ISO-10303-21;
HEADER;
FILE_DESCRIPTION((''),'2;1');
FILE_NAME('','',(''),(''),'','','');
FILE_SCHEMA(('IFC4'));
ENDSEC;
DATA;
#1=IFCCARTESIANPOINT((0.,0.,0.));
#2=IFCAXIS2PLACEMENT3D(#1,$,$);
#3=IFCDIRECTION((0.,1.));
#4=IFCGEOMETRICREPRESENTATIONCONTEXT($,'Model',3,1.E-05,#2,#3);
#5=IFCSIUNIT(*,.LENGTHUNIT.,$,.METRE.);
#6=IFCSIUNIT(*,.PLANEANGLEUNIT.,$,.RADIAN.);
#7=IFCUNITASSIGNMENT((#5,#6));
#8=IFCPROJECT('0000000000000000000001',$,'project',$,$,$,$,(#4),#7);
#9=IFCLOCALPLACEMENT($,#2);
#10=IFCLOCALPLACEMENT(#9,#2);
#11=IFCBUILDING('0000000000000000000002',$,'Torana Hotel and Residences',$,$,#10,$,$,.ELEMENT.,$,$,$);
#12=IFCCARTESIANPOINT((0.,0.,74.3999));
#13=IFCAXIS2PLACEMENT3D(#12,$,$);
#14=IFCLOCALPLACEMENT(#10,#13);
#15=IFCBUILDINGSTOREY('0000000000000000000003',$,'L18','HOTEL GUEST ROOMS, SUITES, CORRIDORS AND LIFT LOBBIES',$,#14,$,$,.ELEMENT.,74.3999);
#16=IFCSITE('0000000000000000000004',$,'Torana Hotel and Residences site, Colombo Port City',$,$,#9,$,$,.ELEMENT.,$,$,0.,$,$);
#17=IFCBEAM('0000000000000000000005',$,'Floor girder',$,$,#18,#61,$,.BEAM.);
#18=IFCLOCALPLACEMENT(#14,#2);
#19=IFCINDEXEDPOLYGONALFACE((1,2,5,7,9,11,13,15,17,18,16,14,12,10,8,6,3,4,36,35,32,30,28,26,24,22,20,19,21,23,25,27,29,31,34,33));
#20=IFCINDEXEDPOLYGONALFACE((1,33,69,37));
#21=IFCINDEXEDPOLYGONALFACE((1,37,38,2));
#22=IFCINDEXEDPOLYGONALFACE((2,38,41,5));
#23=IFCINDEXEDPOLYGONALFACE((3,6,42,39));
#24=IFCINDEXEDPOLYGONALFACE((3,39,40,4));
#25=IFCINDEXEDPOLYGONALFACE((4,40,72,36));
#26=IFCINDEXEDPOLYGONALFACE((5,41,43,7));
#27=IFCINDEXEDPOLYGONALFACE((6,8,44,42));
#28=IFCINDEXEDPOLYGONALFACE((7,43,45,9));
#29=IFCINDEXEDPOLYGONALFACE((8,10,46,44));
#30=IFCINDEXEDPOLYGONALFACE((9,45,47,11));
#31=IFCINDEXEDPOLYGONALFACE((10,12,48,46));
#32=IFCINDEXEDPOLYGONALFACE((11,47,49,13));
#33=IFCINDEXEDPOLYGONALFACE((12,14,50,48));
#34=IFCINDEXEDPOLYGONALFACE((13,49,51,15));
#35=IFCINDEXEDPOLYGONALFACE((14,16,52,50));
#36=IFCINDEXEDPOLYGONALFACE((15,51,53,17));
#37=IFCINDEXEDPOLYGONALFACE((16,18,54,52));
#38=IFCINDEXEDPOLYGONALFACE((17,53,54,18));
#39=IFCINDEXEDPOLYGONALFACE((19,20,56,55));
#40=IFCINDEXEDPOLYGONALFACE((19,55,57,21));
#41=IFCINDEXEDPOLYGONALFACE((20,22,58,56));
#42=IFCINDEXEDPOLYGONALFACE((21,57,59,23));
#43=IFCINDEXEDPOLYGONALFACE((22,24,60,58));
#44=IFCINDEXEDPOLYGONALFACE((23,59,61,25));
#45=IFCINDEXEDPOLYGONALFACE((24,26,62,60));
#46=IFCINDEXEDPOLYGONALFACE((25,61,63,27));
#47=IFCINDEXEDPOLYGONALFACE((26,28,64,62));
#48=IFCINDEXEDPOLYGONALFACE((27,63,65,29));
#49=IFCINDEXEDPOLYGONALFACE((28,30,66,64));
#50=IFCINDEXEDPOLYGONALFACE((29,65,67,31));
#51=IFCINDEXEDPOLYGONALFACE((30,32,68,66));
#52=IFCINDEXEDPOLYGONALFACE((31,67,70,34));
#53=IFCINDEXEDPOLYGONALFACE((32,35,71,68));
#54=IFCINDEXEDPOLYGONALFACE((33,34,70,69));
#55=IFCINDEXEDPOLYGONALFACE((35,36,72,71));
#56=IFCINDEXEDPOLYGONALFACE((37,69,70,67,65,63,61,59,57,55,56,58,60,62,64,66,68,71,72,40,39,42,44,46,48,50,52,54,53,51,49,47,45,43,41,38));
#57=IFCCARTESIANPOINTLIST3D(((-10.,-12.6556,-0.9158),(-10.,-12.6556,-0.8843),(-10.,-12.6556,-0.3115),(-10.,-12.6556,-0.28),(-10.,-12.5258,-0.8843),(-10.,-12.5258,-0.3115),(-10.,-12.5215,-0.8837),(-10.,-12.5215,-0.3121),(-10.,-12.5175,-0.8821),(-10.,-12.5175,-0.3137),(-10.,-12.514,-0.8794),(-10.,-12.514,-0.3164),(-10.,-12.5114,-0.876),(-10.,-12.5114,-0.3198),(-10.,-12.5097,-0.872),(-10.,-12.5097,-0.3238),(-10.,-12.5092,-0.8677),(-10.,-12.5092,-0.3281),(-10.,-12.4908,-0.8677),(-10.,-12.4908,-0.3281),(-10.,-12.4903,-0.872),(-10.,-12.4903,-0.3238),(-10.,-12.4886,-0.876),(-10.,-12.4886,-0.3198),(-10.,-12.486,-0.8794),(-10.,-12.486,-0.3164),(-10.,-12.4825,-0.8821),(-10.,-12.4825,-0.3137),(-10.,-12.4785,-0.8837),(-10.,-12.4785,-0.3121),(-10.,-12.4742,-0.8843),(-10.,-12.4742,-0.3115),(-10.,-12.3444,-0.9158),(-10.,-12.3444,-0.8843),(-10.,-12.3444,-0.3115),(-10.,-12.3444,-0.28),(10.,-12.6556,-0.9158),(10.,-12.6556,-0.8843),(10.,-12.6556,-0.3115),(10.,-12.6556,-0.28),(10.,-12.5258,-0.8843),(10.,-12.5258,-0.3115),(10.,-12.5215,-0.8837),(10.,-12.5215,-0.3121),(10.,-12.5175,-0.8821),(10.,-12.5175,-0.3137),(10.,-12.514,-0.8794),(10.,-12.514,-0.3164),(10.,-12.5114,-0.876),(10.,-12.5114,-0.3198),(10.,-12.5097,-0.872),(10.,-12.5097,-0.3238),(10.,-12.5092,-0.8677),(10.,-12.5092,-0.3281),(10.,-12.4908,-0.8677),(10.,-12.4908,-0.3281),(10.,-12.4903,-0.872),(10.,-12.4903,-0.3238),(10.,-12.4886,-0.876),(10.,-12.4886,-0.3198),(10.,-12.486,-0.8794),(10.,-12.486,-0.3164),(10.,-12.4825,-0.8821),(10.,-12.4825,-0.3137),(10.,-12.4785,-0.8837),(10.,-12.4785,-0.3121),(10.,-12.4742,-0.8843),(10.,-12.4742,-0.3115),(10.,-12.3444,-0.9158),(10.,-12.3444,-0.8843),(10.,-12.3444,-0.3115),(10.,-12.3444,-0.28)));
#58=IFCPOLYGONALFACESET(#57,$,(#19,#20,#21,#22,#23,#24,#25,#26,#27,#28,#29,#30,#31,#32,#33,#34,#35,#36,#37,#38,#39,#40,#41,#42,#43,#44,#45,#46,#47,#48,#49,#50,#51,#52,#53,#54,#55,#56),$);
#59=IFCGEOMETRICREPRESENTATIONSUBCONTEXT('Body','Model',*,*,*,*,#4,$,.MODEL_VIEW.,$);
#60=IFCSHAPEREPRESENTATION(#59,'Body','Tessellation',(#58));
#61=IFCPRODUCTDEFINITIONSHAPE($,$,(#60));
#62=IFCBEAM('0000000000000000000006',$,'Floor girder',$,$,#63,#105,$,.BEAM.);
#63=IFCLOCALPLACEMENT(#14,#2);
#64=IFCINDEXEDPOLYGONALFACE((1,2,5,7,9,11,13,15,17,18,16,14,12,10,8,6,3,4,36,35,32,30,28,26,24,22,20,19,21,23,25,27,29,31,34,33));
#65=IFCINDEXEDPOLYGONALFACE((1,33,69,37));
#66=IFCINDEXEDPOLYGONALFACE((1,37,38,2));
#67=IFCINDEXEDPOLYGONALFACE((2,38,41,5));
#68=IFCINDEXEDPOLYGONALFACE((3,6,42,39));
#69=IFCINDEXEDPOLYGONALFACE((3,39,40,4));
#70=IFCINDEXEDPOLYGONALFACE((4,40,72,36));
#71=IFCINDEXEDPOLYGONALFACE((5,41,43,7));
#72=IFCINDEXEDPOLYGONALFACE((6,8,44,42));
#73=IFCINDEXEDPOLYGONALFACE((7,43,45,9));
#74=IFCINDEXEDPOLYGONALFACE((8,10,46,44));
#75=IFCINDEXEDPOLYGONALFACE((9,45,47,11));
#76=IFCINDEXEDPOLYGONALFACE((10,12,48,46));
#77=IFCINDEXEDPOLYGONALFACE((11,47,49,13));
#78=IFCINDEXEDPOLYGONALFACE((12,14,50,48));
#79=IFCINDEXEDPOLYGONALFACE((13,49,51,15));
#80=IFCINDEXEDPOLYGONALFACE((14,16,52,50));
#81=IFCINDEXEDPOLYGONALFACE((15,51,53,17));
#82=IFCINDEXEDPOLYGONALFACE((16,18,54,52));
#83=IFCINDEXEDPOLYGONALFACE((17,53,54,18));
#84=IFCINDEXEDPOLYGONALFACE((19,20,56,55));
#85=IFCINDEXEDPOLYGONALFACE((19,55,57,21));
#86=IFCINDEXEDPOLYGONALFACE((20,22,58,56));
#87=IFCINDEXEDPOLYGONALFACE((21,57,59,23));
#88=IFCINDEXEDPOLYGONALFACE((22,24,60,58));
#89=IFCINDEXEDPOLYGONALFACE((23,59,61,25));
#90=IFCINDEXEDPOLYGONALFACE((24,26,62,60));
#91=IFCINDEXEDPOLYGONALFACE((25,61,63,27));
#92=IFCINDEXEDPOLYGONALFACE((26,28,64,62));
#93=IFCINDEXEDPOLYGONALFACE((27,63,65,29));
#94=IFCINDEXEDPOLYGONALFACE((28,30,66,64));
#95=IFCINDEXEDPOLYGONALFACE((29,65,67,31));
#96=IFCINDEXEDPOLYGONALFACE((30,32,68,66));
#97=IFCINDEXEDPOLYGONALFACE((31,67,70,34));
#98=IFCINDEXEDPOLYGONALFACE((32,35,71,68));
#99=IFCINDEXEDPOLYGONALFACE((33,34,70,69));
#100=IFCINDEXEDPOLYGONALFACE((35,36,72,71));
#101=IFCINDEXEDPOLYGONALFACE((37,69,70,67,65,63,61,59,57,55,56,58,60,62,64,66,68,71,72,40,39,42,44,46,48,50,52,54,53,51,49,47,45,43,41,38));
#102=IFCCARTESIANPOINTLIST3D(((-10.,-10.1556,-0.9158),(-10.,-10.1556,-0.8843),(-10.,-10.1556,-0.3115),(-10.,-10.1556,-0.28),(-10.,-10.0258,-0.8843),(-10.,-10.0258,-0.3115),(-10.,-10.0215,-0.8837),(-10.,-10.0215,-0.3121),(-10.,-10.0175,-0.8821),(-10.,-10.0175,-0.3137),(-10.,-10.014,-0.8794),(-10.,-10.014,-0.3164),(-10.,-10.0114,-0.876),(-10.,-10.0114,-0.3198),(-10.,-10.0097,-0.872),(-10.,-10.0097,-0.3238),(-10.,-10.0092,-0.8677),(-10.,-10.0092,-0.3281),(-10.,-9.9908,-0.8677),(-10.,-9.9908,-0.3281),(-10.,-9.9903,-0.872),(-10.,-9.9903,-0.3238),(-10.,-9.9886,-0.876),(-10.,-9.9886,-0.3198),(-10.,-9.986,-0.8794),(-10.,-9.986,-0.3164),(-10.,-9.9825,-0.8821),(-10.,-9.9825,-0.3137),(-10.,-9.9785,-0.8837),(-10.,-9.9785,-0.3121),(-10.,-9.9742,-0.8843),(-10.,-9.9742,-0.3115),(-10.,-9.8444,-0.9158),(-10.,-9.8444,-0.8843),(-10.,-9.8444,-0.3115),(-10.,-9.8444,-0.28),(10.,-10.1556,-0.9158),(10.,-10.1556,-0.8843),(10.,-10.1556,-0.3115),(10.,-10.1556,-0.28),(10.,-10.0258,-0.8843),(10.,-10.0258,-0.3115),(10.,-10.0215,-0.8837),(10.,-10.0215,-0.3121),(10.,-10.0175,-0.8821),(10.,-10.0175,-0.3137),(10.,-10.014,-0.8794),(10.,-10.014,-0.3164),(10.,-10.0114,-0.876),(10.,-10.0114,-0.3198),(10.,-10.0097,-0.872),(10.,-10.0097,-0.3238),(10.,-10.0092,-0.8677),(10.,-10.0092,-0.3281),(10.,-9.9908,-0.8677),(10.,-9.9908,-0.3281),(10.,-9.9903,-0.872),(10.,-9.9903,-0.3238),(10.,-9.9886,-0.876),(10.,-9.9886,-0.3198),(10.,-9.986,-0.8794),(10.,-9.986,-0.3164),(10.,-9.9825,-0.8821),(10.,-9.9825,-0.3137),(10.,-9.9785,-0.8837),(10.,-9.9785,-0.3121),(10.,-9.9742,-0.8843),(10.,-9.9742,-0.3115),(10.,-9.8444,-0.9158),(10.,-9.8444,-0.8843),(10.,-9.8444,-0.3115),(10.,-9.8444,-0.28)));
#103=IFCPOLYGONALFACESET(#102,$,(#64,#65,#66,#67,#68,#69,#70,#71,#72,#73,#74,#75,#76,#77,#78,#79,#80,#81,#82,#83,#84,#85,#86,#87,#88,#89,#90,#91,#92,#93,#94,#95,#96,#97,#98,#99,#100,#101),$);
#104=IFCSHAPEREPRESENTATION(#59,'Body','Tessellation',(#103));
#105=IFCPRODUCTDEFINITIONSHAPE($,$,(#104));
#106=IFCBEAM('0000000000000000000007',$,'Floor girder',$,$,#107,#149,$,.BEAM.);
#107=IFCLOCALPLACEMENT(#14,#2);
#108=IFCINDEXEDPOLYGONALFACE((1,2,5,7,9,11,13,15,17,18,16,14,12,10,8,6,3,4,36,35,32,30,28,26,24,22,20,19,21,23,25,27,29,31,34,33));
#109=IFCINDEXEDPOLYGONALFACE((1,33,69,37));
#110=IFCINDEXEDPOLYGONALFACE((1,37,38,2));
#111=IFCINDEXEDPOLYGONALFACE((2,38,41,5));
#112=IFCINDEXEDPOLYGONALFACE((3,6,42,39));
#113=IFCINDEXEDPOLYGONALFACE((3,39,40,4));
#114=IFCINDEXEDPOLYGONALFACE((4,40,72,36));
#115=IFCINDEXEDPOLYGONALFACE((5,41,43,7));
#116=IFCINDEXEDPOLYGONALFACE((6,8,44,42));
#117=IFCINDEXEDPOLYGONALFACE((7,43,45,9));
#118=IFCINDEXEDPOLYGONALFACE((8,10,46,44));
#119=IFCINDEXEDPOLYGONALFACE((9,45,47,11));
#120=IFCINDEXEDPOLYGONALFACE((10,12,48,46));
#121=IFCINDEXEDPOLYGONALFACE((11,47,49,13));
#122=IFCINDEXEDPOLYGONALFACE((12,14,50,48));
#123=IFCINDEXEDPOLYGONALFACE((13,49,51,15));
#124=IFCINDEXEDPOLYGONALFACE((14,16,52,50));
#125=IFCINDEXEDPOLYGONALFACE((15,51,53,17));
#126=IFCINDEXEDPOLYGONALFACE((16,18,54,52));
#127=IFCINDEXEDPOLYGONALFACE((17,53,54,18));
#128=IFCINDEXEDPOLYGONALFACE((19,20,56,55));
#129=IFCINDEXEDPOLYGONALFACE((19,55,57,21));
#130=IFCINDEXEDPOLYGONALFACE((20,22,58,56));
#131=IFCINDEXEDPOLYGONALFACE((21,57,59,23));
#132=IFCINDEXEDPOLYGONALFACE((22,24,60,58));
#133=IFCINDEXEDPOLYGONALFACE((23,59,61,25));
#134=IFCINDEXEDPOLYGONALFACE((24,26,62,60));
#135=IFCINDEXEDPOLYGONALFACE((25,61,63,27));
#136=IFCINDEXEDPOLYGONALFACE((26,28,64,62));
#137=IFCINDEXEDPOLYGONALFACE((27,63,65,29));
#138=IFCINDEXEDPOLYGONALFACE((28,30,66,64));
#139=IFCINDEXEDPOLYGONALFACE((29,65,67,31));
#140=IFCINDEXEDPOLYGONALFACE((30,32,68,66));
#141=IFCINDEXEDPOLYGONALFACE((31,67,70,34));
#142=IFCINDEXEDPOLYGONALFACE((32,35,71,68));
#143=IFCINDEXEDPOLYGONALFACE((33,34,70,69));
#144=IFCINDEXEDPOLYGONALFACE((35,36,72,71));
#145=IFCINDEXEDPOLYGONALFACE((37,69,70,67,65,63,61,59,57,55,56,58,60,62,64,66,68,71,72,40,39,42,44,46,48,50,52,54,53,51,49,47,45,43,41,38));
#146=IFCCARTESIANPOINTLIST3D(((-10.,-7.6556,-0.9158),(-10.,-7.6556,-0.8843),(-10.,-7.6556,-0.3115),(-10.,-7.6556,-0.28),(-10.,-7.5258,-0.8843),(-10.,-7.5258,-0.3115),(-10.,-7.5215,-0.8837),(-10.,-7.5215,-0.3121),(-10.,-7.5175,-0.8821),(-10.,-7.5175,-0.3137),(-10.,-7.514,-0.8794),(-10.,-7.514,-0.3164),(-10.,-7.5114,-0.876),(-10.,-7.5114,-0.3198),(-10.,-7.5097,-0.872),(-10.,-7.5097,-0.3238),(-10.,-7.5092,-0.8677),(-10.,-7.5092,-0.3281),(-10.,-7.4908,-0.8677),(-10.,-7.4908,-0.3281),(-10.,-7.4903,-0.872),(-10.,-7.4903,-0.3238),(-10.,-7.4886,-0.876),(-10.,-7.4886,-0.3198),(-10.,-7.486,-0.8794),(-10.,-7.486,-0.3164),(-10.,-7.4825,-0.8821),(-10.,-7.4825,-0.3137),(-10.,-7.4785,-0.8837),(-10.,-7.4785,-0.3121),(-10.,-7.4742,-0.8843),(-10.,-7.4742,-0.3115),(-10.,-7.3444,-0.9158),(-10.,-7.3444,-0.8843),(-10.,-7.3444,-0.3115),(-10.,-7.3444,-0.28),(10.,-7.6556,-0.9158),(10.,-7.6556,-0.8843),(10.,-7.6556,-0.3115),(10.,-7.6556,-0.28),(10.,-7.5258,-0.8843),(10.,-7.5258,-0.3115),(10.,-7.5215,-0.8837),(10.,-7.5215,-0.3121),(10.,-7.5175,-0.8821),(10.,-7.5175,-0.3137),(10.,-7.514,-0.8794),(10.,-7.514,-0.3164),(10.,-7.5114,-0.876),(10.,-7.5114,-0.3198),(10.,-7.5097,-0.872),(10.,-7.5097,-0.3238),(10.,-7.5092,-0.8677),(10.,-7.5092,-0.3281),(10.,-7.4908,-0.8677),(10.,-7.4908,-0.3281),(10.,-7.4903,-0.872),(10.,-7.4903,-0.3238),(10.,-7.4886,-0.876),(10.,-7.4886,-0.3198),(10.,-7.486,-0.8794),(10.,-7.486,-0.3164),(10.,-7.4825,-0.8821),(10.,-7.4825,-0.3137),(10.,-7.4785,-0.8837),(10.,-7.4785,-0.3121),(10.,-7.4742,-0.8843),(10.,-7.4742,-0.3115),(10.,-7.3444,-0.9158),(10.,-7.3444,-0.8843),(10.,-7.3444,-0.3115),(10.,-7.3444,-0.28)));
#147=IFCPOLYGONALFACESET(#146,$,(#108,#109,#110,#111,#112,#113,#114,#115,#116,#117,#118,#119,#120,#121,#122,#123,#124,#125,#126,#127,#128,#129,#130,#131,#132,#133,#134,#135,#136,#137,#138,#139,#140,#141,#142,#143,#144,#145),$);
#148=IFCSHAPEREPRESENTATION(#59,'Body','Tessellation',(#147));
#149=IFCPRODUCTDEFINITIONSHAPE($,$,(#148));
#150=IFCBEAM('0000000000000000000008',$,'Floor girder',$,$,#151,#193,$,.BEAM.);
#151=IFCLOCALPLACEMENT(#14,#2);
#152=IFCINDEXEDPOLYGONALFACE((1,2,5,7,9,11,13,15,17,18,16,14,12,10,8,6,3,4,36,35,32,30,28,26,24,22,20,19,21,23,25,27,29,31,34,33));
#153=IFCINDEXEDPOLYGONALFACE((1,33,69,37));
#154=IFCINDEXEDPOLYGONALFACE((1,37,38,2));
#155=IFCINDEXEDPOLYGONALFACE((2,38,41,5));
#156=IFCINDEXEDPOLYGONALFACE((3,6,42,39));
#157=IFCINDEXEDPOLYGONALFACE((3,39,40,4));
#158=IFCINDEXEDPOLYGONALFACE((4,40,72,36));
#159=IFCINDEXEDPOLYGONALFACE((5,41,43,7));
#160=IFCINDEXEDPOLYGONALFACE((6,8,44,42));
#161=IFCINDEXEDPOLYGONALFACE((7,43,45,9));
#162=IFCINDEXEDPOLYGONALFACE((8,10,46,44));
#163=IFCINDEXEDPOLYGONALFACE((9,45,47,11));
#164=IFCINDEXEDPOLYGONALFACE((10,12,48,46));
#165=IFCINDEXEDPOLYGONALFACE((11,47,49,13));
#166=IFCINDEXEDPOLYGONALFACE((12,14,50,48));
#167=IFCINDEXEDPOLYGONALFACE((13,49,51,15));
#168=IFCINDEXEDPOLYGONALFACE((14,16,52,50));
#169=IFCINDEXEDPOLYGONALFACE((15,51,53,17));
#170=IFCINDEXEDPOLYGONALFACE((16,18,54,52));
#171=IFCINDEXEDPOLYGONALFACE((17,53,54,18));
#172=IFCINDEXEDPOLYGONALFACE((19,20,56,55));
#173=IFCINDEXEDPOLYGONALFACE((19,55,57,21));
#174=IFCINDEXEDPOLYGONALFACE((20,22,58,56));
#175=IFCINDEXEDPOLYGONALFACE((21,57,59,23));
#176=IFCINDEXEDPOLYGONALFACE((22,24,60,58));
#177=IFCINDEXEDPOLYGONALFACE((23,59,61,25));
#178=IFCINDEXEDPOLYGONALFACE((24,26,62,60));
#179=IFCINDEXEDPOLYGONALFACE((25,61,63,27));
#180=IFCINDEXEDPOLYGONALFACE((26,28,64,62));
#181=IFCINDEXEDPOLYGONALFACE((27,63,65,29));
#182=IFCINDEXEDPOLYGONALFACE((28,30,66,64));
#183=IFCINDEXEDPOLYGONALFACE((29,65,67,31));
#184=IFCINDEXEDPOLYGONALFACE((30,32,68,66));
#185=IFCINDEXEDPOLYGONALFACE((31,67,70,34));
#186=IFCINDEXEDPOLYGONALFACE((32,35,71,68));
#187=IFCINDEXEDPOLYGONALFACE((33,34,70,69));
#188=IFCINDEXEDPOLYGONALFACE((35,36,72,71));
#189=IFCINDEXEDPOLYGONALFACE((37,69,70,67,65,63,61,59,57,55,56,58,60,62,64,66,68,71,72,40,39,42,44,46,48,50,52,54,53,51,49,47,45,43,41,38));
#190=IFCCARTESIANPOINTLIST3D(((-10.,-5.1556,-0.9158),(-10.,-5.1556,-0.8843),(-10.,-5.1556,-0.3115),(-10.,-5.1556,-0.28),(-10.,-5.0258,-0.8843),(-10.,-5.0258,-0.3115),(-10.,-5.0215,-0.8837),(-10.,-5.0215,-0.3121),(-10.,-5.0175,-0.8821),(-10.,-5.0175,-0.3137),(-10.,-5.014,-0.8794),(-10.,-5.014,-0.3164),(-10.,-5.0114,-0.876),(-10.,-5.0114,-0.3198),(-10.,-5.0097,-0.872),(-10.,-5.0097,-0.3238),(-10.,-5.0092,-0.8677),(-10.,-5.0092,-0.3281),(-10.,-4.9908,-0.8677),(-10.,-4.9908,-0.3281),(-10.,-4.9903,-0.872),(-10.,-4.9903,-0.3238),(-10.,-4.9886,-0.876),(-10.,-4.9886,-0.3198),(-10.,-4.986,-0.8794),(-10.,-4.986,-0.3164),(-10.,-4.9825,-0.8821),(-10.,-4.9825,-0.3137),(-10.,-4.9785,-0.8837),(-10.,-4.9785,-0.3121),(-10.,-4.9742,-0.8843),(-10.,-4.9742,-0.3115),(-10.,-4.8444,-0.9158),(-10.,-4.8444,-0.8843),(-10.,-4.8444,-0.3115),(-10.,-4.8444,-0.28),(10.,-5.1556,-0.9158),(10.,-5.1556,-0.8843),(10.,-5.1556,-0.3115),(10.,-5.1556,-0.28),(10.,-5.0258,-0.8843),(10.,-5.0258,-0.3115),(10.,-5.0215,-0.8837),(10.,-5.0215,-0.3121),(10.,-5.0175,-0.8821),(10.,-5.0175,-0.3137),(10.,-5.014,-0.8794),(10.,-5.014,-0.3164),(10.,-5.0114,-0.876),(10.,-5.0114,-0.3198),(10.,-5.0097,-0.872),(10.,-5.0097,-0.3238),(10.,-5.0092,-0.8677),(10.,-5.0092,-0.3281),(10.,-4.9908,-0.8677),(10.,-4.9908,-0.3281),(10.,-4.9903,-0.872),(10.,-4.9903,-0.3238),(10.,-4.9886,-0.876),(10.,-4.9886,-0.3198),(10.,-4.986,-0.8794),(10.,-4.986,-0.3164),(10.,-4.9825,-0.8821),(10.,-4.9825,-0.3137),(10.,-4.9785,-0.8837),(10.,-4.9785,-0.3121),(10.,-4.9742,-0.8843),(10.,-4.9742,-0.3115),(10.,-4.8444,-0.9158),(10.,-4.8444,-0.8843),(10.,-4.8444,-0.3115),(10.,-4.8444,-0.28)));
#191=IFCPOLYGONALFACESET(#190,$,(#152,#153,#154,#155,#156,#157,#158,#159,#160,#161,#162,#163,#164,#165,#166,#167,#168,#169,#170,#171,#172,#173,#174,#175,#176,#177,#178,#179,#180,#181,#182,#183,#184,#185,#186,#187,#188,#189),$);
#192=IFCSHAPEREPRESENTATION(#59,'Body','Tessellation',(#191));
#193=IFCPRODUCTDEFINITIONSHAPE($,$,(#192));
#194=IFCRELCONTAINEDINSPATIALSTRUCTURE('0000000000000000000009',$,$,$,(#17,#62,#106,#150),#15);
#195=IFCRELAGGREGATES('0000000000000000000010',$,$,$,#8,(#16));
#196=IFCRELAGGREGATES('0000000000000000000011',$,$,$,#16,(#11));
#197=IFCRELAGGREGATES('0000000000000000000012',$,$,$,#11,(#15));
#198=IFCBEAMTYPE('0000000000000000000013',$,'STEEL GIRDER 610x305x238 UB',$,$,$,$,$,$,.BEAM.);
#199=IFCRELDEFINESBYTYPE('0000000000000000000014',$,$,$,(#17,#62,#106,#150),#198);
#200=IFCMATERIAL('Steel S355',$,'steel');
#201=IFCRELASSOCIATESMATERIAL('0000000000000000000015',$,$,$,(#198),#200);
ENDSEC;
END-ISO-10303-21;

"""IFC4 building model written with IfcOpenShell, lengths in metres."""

from ifc_helpers import new_model, si_unit, direction, frame, origin, origin_2d, place, context, subcontext, project, spatial, i_section, extrude, material, material_profile, profile_set, type_object, element, save


model = new_model("IFC4")

# Units and contexts
model_context = context("Model", 3, precision=1e-05, world=origin(), true_north=direction((0.0, 1.0)))
body_context = subcontext(model_context, "Body", "Model", "MODEL_VIEW")
ifc_project = project(units=[si_unit("LENGTHUNIT", "METRE"), si_unit("PLANEANGLEUNIT", "RADIAN")], contexts=[model_context])

# Site, building, storey
site_placement = place(None, origin())
site = spatial("IfcSite", under=ifc_project, at=site_placement, Name="Torana Hotel and Residences site, Colombo Port City", CompositionType="ELEMENT", RefElevation=0.0)
building_placement = place(site_placement, origin())
building = spatial("IfcBuilding", under=site, at=building_placement, Name="Torana Hotel and Residences", CompositionType="ELEMENT")
storey_placement = place(building_placement, frame((0.0, 0.0, 74.3999)))
storey = spatial("IfcBuildingStorey", under=building, at=storey_placement, Name="L18", Description="HOTEL GUEST ROOMS, SUITES, CORRIDORS AND LIFT LOBBIES", CompositionType="ELEMENT", Elevation=74.3999)

# Beams
ifc_material_1 = material(Name="Steel S355", Category="steel")
ifc_material_profile = material_profile(ifc_material_1, i_section(OverallWidth=0.3113, OverallDepth=0.6357, WebThickness=0.0183, FlangeThickness=0.0315, FilletRadius=0.0166, at=origin_2d()), Name="610x305x238 UB")
ifc_profile_set = profile_set([ifc_material_profile], Name="Steel S355")
beam_type = type_object("IfcBeamType", Name="STEEL GIRDER 610x305x238 UB", PredefinedType="BEAM", material=ifc_profile_set)
for number, where, z_axis, x_axis, name in (
    (1, (-10.0, -12.5, -0.5979), (1.0, 0.0, 0.0), (0.0, 1.0, 0.0), "Floor girder"),
    (2, (-10.0, -10.0, -0.5979), (1.0, 0.0, 0.0), (0.0, 1.0, 0.0), "Floor girder"),
    (3, (-10.0, -7.5, -0.5979), (1.0, 0.0, 0.0), (0.0, 1.0, 0.0), "Floor girder"),
    (4, (-10.0, -5.0, -0.5979), (1.0, 0.0, 0.0), (0.0, 1.0, 0.0), "Floor girder"),
):
    element("IfcBeam", number, at=place(storey_placement, frame(where, z_axis=z_axis, x_axis=x_axis)), inside=storey, type_object=beam_type, Name=name, PredefinedType="BEAM", context=body_context, shape_type="SweptSolid", body=[
        extrude(i_section(OverallWidth=0.3113, OverallDepth=0.6357, WebThickness=0.0183, FlangeThickness=0.0315, FilletRadius=0.0166, at=origin_2d()), origin(), (0.0, 0.0, 1.0), 20.0),
    ])

save(model, "model.ifc")
